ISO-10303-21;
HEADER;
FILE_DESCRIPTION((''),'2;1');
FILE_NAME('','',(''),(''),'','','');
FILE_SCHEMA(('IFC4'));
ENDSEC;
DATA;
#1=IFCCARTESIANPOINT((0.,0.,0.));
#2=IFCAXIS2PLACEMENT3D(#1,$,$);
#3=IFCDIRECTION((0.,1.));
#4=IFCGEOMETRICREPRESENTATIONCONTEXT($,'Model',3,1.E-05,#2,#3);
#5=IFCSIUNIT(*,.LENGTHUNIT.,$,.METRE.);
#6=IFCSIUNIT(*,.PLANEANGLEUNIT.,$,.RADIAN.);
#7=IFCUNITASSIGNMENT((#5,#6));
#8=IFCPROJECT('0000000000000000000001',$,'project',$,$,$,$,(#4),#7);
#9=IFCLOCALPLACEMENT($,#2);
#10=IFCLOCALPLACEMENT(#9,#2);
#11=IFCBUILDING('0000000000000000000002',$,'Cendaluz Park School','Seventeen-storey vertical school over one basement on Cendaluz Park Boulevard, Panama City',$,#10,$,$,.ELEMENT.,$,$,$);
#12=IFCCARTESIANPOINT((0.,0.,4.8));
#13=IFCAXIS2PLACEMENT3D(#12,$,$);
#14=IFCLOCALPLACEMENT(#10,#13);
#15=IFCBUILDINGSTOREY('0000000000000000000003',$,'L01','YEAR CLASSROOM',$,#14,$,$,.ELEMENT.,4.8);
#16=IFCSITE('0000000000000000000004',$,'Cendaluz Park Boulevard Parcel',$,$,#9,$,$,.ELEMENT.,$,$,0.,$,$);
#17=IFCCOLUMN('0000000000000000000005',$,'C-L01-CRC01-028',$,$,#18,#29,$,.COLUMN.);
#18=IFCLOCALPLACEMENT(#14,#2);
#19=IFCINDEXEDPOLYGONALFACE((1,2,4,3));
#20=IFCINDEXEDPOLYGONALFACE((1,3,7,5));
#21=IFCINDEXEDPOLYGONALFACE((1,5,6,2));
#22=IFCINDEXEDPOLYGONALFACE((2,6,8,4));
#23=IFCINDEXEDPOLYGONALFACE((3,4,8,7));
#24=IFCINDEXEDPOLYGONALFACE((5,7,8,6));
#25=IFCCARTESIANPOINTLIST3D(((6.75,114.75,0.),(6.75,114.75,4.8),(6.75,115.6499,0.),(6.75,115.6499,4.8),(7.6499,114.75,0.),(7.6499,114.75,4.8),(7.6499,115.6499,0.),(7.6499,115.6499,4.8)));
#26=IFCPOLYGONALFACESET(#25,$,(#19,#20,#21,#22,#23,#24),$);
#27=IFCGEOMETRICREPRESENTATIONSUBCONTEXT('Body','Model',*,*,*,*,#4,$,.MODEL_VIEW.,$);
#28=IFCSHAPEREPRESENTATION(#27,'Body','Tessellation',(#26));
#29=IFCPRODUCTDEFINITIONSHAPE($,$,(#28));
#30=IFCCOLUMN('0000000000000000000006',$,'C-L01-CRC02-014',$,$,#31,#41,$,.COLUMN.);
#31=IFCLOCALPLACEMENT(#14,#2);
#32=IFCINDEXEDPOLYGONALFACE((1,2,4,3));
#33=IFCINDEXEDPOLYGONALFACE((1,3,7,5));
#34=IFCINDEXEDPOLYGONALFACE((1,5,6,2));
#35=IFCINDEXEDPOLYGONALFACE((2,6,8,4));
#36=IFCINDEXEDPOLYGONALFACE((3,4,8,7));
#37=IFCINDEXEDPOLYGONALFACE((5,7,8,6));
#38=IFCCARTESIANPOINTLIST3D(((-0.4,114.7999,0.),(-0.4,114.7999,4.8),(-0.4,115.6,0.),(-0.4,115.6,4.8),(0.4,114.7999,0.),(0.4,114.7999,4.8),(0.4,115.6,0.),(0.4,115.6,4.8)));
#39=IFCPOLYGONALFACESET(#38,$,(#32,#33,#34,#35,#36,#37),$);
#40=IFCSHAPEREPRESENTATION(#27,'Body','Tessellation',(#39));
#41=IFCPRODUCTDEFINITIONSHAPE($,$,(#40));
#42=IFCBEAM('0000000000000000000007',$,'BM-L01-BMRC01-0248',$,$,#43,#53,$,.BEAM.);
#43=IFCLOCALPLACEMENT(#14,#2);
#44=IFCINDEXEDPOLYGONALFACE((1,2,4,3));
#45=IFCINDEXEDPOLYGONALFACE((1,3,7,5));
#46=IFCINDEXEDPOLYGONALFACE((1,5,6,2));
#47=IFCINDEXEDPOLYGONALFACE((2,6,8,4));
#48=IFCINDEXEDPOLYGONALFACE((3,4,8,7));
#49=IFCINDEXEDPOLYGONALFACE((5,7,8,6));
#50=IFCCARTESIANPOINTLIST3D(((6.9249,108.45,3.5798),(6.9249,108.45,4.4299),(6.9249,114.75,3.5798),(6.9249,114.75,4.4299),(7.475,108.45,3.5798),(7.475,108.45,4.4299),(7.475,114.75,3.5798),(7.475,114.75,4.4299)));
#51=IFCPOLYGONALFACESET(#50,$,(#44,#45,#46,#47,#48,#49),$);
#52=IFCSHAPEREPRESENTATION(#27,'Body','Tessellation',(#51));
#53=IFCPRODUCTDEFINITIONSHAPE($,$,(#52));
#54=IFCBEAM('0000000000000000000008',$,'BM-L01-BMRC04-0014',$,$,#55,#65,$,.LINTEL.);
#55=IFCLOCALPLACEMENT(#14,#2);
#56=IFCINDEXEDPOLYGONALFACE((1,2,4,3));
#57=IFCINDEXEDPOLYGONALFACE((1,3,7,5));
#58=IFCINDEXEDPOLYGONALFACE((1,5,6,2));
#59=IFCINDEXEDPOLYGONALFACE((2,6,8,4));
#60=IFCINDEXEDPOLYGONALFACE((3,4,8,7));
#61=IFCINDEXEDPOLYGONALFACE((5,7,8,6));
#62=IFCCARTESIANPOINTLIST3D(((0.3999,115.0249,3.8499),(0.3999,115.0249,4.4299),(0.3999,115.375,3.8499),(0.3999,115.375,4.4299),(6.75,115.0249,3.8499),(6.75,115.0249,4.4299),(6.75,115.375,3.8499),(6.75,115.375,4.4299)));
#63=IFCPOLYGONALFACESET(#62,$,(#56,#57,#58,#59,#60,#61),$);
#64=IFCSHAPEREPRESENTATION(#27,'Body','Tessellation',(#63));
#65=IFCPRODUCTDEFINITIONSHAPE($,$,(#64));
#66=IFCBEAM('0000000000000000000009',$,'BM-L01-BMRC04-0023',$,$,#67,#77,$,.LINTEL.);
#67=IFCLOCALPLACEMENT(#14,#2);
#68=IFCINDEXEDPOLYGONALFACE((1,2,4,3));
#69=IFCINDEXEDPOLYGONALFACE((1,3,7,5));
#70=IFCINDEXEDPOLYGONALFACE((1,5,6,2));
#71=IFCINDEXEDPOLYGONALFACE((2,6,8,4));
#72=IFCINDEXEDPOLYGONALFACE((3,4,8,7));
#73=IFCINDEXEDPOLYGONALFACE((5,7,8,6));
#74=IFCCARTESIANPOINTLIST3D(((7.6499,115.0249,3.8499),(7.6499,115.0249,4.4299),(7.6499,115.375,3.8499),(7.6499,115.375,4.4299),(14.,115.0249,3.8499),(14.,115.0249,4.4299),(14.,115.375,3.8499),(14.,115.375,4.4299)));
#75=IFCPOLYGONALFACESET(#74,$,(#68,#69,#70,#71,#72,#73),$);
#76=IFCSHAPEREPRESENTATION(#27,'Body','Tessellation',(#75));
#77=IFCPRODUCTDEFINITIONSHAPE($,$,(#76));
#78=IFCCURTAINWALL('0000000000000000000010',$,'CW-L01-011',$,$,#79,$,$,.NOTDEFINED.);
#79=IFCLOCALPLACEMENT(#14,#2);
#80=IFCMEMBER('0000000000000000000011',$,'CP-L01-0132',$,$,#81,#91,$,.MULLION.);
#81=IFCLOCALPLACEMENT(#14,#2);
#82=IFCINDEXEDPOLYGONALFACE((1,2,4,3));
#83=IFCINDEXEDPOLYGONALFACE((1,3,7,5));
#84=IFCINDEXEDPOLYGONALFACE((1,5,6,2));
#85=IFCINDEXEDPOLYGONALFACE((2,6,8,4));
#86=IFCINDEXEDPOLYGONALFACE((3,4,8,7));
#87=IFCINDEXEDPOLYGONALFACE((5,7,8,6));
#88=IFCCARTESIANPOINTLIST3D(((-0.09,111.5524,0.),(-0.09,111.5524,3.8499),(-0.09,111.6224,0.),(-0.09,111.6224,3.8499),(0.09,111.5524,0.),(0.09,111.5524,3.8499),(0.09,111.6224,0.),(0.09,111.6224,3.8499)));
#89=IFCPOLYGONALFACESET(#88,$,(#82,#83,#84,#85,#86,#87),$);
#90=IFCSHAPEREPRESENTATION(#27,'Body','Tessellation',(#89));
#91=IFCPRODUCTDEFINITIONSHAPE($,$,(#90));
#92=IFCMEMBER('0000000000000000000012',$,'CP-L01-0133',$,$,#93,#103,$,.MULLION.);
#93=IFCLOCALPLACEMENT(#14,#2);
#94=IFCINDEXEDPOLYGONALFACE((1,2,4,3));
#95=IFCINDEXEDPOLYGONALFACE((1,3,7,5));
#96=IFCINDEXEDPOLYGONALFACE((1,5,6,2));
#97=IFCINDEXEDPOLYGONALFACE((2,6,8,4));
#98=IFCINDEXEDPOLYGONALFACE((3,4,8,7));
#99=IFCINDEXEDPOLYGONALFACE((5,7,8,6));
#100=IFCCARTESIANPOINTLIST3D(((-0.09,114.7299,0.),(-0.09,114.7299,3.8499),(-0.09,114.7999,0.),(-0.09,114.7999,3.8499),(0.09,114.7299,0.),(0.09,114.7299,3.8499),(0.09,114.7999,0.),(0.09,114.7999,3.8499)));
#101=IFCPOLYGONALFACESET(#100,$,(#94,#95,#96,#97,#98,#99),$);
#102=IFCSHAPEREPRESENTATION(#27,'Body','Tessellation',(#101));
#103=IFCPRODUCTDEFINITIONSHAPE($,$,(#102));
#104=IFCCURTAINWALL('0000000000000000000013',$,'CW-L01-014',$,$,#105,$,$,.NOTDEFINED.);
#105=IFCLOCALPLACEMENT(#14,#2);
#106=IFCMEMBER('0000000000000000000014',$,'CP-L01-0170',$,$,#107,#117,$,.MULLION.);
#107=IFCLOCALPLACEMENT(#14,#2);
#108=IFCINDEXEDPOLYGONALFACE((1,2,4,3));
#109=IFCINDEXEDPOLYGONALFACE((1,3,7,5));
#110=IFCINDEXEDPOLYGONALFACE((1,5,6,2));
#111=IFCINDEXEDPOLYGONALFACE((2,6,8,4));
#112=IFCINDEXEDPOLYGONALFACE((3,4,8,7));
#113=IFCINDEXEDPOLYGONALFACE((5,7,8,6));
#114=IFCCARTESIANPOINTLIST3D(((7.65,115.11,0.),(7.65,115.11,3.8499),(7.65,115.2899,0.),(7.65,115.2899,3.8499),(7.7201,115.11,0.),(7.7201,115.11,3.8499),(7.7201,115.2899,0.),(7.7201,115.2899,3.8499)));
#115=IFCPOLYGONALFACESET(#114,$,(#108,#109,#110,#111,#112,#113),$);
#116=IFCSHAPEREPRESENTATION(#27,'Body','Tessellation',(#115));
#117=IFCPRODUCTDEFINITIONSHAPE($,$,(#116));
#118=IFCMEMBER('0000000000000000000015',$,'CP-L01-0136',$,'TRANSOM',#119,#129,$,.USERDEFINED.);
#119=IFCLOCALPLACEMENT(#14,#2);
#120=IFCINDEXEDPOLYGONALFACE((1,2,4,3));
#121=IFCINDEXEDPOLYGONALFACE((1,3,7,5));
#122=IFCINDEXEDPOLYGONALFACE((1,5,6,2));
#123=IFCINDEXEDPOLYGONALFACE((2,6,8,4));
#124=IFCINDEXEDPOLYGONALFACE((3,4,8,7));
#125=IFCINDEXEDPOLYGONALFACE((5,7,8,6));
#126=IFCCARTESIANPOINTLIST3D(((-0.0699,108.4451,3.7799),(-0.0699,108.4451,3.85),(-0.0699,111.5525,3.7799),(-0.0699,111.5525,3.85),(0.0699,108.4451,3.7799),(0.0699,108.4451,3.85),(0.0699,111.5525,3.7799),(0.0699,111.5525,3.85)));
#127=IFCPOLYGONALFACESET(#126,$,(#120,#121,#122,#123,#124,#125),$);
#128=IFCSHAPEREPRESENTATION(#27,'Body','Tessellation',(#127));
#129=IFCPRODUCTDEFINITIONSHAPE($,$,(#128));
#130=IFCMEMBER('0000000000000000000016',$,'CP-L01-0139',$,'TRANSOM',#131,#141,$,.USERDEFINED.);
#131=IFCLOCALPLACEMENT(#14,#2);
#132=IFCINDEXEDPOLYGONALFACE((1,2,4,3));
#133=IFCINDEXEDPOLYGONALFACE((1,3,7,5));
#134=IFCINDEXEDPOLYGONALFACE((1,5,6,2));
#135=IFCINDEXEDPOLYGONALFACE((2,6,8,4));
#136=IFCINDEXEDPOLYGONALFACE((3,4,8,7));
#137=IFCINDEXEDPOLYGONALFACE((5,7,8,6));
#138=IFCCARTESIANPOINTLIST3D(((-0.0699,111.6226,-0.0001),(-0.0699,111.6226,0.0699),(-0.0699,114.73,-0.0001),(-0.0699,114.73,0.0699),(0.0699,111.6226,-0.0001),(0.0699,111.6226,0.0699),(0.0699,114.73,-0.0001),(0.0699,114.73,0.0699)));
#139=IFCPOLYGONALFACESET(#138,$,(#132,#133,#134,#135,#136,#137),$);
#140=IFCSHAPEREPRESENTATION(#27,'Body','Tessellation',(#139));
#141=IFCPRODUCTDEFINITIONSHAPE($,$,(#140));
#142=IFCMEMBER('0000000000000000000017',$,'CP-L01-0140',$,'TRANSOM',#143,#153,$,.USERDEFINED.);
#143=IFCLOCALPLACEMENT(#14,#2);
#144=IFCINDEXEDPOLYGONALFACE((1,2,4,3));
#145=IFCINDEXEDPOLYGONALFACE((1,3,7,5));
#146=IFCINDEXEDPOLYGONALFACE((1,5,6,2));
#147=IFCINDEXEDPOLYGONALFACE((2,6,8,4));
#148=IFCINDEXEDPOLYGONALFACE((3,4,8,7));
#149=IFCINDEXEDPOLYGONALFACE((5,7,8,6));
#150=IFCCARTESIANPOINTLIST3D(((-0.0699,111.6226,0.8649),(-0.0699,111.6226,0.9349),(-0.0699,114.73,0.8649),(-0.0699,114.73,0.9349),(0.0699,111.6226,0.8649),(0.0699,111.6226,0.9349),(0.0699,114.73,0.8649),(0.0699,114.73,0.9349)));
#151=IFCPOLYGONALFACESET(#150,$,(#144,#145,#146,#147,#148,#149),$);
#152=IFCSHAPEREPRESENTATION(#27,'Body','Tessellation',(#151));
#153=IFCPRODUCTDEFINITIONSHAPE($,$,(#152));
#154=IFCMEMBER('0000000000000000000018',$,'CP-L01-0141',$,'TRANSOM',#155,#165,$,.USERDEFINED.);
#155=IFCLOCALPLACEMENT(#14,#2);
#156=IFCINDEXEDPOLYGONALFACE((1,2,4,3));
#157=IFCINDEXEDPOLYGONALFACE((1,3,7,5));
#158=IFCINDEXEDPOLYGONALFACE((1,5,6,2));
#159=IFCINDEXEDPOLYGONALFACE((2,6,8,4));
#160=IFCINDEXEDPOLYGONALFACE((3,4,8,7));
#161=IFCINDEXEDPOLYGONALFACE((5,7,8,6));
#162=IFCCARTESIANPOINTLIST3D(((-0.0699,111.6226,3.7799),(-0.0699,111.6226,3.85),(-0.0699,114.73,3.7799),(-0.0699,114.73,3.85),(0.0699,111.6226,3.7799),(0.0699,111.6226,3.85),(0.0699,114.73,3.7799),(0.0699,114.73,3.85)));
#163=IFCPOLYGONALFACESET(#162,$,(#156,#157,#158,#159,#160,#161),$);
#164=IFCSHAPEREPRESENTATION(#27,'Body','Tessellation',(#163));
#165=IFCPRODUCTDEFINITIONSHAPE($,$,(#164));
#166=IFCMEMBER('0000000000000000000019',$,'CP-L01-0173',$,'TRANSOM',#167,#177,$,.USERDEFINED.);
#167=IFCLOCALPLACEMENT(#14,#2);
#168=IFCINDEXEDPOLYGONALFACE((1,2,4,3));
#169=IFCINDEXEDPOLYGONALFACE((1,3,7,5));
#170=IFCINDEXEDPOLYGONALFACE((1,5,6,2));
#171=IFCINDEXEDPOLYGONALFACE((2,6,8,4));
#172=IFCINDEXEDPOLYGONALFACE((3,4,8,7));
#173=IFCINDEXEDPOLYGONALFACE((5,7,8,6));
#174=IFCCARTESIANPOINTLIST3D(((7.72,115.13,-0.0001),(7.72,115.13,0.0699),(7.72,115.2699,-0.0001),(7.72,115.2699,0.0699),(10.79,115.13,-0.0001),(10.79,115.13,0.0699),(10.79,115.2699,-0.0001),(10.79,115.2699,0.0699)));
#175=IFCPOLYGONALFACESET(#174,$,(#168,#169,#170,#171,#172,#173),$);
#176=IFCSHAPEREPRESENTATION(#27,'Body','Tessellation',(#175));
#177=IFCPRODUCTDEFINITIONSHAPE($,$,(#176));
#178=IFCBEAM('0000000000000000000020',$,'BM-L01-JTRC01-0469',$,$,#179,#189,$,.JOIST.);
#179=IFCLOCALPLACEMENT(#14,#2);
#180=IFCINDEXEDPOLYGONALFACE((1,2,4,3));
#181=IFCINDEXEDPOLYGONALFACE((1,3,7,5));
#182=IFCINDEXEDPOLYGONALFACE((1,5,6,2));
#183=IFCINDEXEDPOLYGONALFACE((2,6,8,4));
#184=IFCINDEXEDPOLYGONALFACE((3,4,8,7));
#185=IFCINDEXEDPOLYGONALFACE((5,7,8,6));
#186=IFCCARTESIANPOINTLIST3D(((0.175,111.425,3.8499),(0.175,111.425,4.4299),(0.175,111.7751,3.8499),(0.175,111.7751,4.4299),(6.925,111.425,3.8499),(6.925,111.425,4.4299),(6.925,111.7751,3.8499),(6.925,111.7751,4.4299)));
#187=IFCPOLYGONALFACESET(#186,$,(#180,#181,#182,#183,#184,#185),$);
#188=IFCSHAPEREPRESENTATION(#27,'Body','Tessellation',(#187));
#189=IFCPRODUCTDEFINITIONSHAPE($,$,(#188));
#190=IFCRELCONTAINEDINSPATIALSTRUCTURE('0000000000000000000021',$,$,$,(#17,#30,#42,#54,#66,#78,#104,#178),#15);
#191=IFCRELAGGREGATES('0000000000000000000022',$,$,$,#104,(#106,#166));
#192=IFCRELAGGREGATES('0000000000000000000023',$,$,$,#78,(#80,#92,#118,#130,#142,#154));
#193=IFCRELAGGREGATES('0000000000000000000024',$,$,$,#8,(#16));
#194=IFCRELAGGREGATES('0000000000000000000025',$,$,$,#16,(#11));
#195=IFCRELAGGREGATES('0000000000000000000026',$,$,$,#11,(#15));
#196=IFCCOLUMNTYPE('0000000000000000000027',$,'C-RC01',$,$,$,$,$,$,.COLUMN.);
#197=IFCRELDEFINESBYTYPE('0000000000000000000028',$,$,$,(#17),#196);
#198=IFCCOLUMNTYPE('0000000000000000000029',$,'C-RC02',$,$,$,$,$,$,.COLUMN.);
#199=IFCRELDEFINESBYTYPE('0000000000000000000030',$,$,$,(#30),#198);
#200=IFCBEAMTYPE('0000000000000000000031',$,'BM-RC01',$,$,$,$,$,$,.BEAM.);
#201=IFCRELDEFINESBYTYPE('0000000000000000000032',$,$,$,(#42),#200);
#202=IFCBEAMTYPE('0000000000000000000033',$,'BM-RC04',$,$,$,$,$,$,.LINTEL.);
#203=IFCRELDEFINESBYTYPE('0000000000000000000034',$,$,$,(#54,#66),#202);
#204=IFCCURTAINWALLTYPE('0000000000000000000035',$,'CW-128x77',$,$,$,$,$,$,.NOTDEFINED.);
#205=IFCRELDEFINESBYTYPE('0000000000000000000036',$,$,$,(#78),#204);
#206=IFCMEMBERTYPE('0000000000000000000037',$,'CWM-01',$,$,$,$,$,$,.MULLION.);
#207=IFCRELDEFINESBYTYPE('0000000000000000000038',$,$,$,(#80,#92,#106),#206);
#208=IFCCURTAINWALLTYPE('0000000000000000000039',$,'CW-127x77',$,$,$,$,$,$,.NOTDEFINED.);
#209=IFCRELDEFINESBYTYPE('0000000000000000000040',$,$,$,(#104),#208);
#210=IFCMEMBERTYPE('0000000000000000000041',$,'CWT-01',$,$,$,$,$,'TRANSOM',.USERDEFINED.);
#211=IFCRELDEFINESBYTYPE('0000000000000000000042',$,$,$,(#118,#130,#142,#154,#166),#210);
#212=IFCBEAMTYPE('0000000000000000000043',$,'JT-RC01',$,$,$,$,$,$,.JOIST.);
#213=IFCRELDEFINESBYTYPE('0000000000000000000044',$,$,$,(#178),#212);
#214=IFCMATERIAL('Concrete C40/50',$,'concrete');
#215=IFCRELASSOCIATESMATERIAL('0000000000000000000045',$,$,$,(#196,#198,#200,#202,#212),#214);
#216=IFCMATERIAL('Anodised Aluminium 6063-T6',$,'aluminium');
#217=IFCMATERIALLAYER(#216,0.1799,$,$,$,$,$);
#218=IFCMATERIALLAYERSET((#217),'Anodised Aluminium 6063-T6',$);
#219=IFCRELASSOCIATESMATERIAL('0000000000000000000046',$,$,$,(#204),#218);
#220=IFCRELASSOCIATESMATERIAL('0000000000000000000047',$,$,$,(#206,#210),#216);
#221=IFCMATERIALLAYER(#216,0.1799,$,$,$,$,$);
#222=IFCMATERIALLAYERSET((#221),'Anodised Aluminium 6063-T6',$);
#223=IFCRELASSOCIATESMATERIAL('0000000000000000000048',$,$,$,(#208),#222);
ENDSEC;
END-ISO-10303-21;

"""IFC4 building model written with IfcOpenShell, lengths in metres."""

from ifc_helpers import new_model, si_unit, direction, frame, origin, origin_2d, place, context, subcontext, project, spatial, rectangle, extrude, material, layer, layer_set, material_profile, profile_set, type_object, element, aggregate, save


model = new_model("IFC4")

# Units and contexts
model_context = context("Model", 3, precision=1e-05, world=origin(), true_north=direction((0.0, 1.0)))
body_context = subcontext(model_context, "Body", "Model", "MODEL_VIEW")
ifc_project = project(units=[si_unit("LENGTHUNIT", "METRE"), si_unit("PLANEANGLEUNIT", "RADIAN")], contexts=[model_context])

# Site, building, storey
site_placement = place(None, origin())
site = spatial("IfcSite", under=ifc_project, at=site_placement, Name="Cendaluz Park Boulevard Parcel", CompositionType="ELEMENT", RefElevation=0.0)
building_placement = place(site_placement, origin())
building = spatial("IfcBuilding", under=site, at=building_placement, Name="Cendaluz Park School", Description="Seventeen-storey vertical school over one basement on Cendaluz Park Boulevard, Panama City", CompositionType="ELEMENT")
storey_placement = place(building_placement, frame((0.0, 0.0, 4.8)))
storey = spatial("IfcBuildingStorey", under=building, at=storey_placement, Name="L01", Description="YEAR CLASSROOM", CompositionType="ELEMENT", Elevation=4.8)

# Columns
ifc_material_1 = material(Name="Concrete C40/50", Category="concrete")
ifc_material_profile_1 = material_profile(ifc_material_1, rectangle(XDim=0.8999, YDim=0.8999, at=origin_2d()), Name="RC 900x900", Category="concrete")
ifc_profile_set_1 = profile_set([ifc_material_profile_1], Name="Concrete C40/50")
column_type_1 = type_object("IfcColumnType", Name="C-RC01", PredefinedType="COLUMN", material=ifc_profile_set_1)
column_1_placement = place(storey_placement, frame((7.2, 115.2, 0.0), z_axis=(0.0, 0.0, 1.0), x_axis=(1.0, 0.0, 0.0)))
element("IfcColumn", 1, at=column_1_placement, inside=storey, type_object=column_type_1, Name="C-L01-CRC01-028", PredefinedType="COLUMN", context=body_context, shape_type="SweptSolid", body=[
    extrude(rectangle(XDim=0.8999, YDim=0.8999, at=origin_2d()), origin(), (0.0, 0.0, 1.0), 4.8),
])
ifc_material_profile_2 = material_profile(ifc_material_1, rectangle(XDim=0.8, YDim=0.8, at=origin_2d()), Name="RC 800x800", Category="concrete")
ifc_profile_set_2 = profile_set([ifc_material_profile_2], Name="Concrete C40/50")
column_type_2 = type_object("IfcColumnType", Name="C-RC02", PredefinedType="COLUMN", material=ifc_profile_set_2)
column_2_placement = place(storey_placement, frame((0.0, 115.2, 0.0), z_axis=(0.0, 0.0, 1.0), x_axis=(1.0, 0.0, 0.0)))
element("IfcColumn", 2, at=column_2_placement, inside=storey, type_object=column_type_2, Name="C-L01-CRC02-014", PredefinedType="COLUMN", context=body_context, shape_type="SweptSolid", body=[
    extrude(rectangle(XDim=0.8, YDim=0.8, at=origin_2d()), origin(), (0.0, 0.0, 1.0), 4.8),
])

# Beams
ifc_material_profile_3 = material_profile(ifc_material_1, rectangle(XDim=0.55, YDim=0.8501, at=origin_2d()), Name="RC 550x850", Category="concrete")
ifc_profile_set_3 = profile_set([ifc_material_profile_3], Name="Concrete C40/50")
beam_type_1 = type_object("IfcBeamType", Name="BM-RC01", PredefinedType="BEAM", material=ifc_profile_set_3)
beam_1_placement = place(storey_placement, frame((7.2, 108.45, 4.0049), z_axis=(0.0, 1.0, 0.0), x_axis=(-1.0, 0.0, 0.0)))
element("IfcBeam", 3, at=beam_1_placement, inside=storey, type_object=beam_type_1, Name="BM-L01-BMRC01-0248", PredefinedType="BEAM", context=body_context, shape_type="SweptSolid", body=[
    extrude(rectangle(XDim=0.55, YDim=0.8501, at=origin_2d()), origin(), (0.0, 0.0, 1.0), 6.3),
])
ifc_material_profile_4 = material_profile(ifc_material_1, rectangle(XDim=0.3501, YDim=0.5801, at=origin_2d()), Name="RC 350x580", Category="concrete")
ifc_profile_set_4 = profile_set([ifc_material_profile_4], Name="Concrete C40/50")
beam_type_2 = type_object("IfcBeamType", Name="BM-RC04", PredefinedType="LINTEL", material=ifc_profile_set_4)
for number, where, z_axis, x_axis, name in (
    (4, (0.3999, 115.2, 4.1399), (1.0, 0.0, 0.0), (0.0, 1.0, 0.0), "BM-L01-BMRC04-0014"),
    (5, (7.6499, 115.2, 4.1399), (1.0, 0.0, 0.0), (0.0, 1.0, 0.0), "BM-L01-BMRC04-0023"),
):
    element("IfcBeam", number, at=place(storey_placement, frame(where, z_axis=z_axis, x_axis=x_axis)), inside=storey, type_object=beam_type_2, Name=name, PredefinedType="LINTEL", context=body_context, shape_type="SweptSolid", body=[
        extrude(rectangle(XDim=0.3501, YDim=0.5801, at=origin_2d()), origin(), (0.0, 0.0, 1.0), 6.3501),
    ])

# Curtain wall, members
ifc_material_2 = material(Name="Anodised Aluminium 6063-T6", Category="aluminium")
ifc_layer_1 = layer(ifc_material_2, 0.1799)
ifc_layer_set_1 = layer_set([ifc_layer_1], Name="Anodised Aluminium 6063-T6")
curtain_wall_type_1 = type_object("IfcCurtainWallType", Name="CW-128x77", PredefinedType="NOTDEFINED", material=ifc_layer_set_1)
curtain_wall_1_placement = place(storey_placement, origin())
curtain_wall_1 = element("IfcCurtainWall", 6, at=curtain_wall_1_placement, inside=storey, type_object=curtain_wall_type_1, Name="CW-L01-011", PredefinedType="NOTDEFINED")
ifc_material_profile_5 = material_profile(ifc_material_2, rectangle(XDim=0.1799, YDim=0.0701, at=origin_2d()), Name="CWM 180x70", Category="aluminium")
ifc_profile_set_5 = profile_set([ifc_material_profile_5], Name="Anodised Aluminium 6063-T6")
member_type_1 = type_object("IfcMemberType", Name="CWM-01", PredefinedType="MULLION", material=ifc_profile_set_5)
member_1_placement = place(storey_placement, frame((0.0, 111.5874, 0.0), z_axis=(0.0, 0.0, 1.0), x_axis=(-1.0, 0.0, 0.0)))
member_1 = element("IfcMember", 7, at=member_1_placement, type_object=member_type_1, Name="CP-L01-0132", PredefinedType="MULLION", context=body_context, shape_type="SweptSolid", body=[
    extrude(rectangle(XDim=0.1799, YDim=0.0701, at=origin_2d()), origin(), (0.0, 0.0, 1.0), 3.8499),
])
member_2_placement = place(storey_placement, frame((0.0, 114.7649, 0.0), z_axis=(0.0, 0.0, 1.0), x_axis=(-1.0, 0.0, 0.0)))
member_2 = element("IfcMember", 8, at=member_2_placement, type_object=member_type_1, Name="CP-L01-0133", PredefinedType="MULLION", context=body_context, shape_type="SweptSolid", body=[
    extrude(rectangle(XDim=0.1799, YDim=0.0701, at=origin_2d()), origin(), (0.0, 0.0, 1.0), 3.8499),
])

# Curtain wall, member
ifc_layer_2 = layer(ifc_material_2, 0.1799)
ifc_layer_set_2 = layer_set([ifc_layer_2], Name="Anodised Aluminium 6063-T6")
curtain_wall_type_2 = type_object("IfcCurtainWallType", Name="CW-127x77", PredefinedType="NOTDEFINED", material=ifc_layer_set_2)
curtain_wall_2_placement = place(storey_placement, origin())
curtain_wall_2 = element("IfcCurtainWall", 9, at=curtain_wall_2_placement, inside=storey, type_object=curtain_wall_type_2, Name="CW-L01-014", PredefinedType="NOTDEFINED")
member_3_placement = place(storey_placement, frame((7.6851, 115.2, 0.0), z_axis=(0.0, 0.0, 1.0), x_axis=(0.0, 1.0, 0.0)))
member_3 = element("IfcMember", 10, at=member_3_placement, type_object=member_type_1, Name="CP-L01-0170", PredefinedType="MULLION", context=body_context, shape_type="SweptSolid", body=[
    extrude(rectangle(XDim=0.1799, YDim=0.0701, at=origin_2d()), origin(), (0.0, 0.0, 1.0), 3.8499),
])

# Members
ifc_material_profile_6 = material_profile(ifc_material_2, rectangle(XDim=0.1399, YDim=0.0701, at=origin_2d()), Name="CWT 140x70", Category="aluminium")
ifc_profile_set_6 = profile_set([ifc_material_profile_6], Name="Anodised Aluminium 6063-T6")
member_type_2 = type_object("IfcMemberType", Name="CWT-01", ElementType="TRANSOM", PredefinedType="USERDEFINED", material=ifc_profile_set_6)
member_4_placement = place(storey_placement, frame((0.0, 108.4451, 3.8149), z_axis=(0.0, 1.0, 0.0), x_axis=(-1.0, 0.0, 0.0)))
member_4 = element("IfcMember", 11, at=member_4_placement, type_object=member_type_2, Name="CP-L01-0136", ObjectType="TRANSOM", PredefinedType="USERDEFINED", context=body_context, shape_type="SweptSolid", body=[
    extrude(rectangle(XDim=0.1399, YDim=0.0701, at=origin_2d()), origin(), (0.0, 0.0, 1.0), 3.1074),
])
member_5_placement = place(storey_placement, frame((0.0, 111.6226, 0.0349), z_axis=(0.0, 1.0, 0.0), x_axis=(-1.0, 0.0, 0.0)))
member_5 = element("IfcMember", 12, at=member_5_placement, type_object=member_type_2, Name="CP-L01-0139", ObjectType="TRANSOM", PredefinedType="USERDEFINED", context=body_context, shape_type="SweptSolid", body=[
    extrude(rectangle(XDim=0.1399, YDim=0.0701, at=origin_2d()), origin(), (0.0, 0.0, 1.0), 3.1074),
])
member_6_placement = place(storey_placement, frame((0.0, 111.6226, 0.8999), z_axis=(0.0, 1.0, 0.0), x_axis=(-1.0, 0.0, 0.0)))
member_6 = element("IfcMember", 13, at=member_6_placement, type_object=member_type_2, Name="CP-L01-0140", ObjectType="TRANSOM", PredefinedType="USERDEFINED", context=body_context, shape_type="SweptSolid", body=[
    extrude(rectangle(XDim=0.1399, YDim=0.0701, at=origin_2d()), origin(), (0.0, 0.0, 1.0), 3.1074),
])
member_7_placement = place(storey_placement, frame((0.0, 111.6226, 3.8149), z_axis=(0.0, 1.0, 0.0), x_axis=(-1.0, 0.0, 0.0)))
member_7 = element("IfcMember", 14, at=member_7_placement, type_object=member_type_2, Name="CP-L01-0141", ObjectType="TRANSOM", PredefinedType="USERDEFINED", context=body_context, shape_type="SweptSolid", body=[
    extrude(rectangle(XDim=0.1399, YDim=0.0701, at=origin_2d()), origin(), (0.0, 0.0, 1.0), 3.1074),
])
member_8_placement = place(storey_placement, frame((7.72, 115.2, 0.0349), z_axis=(1.0, 0.0, 0.0), x_axis=(0.0, 1.0, 0.0)))
member_8 = element("IfcMember", 15, at=member_8_placement, type_object=member_type_2, Name="CP-L01-0173", ObjectType="TRANSOM", PredefinedType="USERDEFINED", context=body_context, shape_type="SweptSolid", body=[
    extrude(rectangle(XDim=0.1399, YDim=0.0701, at=origin_2d()), origin(), (0.0, 0.0, 1.0), 3.0701),
])
aggregate(curtain_wall_2, [member_3, member_8])

# Beam
ifc_material_profile_7 = material_profile(ifc_material_1, rectangle(XDim=0.3501, YDim=0.5801, at=origin_2d()), Name="RC 350x580", Category="concrete")
ifc_profile_set_7 = profile_set([ifc_material_profile_7], Name="Concrete C40/50")
beam_type_3 = type_object("IfcBeamType", Name="JT-RC01", PredefinedType="JOIST", material=ifc_profile_set_7)
beam_2_placement = place(storey_placement, frame((0.175, 111.6001, 4.1399), z_axis=(1.0, 0.0, 0.0), x_axis=(0.0, 1.0, 0.0)))
element("IfcBeam", 16, at=beam_2_placement, inside=storey, type_object=beam_type_3, Name="BM-L01-JTRC01-0469", PredefinedType="JOIST", context=body_context, shape_type="SweptSolid", body=[
    extrude(rectangle(XDim=0.3501, YDim=0.5801, at=origin_2d()), origin(), (0.0, 0.0, 1.0), 6.75),
])

aggregate(curtain_wall_1, [member_1, member_2, member_4, member_5, member_6, member_7])

save(model, "model.ifc")
